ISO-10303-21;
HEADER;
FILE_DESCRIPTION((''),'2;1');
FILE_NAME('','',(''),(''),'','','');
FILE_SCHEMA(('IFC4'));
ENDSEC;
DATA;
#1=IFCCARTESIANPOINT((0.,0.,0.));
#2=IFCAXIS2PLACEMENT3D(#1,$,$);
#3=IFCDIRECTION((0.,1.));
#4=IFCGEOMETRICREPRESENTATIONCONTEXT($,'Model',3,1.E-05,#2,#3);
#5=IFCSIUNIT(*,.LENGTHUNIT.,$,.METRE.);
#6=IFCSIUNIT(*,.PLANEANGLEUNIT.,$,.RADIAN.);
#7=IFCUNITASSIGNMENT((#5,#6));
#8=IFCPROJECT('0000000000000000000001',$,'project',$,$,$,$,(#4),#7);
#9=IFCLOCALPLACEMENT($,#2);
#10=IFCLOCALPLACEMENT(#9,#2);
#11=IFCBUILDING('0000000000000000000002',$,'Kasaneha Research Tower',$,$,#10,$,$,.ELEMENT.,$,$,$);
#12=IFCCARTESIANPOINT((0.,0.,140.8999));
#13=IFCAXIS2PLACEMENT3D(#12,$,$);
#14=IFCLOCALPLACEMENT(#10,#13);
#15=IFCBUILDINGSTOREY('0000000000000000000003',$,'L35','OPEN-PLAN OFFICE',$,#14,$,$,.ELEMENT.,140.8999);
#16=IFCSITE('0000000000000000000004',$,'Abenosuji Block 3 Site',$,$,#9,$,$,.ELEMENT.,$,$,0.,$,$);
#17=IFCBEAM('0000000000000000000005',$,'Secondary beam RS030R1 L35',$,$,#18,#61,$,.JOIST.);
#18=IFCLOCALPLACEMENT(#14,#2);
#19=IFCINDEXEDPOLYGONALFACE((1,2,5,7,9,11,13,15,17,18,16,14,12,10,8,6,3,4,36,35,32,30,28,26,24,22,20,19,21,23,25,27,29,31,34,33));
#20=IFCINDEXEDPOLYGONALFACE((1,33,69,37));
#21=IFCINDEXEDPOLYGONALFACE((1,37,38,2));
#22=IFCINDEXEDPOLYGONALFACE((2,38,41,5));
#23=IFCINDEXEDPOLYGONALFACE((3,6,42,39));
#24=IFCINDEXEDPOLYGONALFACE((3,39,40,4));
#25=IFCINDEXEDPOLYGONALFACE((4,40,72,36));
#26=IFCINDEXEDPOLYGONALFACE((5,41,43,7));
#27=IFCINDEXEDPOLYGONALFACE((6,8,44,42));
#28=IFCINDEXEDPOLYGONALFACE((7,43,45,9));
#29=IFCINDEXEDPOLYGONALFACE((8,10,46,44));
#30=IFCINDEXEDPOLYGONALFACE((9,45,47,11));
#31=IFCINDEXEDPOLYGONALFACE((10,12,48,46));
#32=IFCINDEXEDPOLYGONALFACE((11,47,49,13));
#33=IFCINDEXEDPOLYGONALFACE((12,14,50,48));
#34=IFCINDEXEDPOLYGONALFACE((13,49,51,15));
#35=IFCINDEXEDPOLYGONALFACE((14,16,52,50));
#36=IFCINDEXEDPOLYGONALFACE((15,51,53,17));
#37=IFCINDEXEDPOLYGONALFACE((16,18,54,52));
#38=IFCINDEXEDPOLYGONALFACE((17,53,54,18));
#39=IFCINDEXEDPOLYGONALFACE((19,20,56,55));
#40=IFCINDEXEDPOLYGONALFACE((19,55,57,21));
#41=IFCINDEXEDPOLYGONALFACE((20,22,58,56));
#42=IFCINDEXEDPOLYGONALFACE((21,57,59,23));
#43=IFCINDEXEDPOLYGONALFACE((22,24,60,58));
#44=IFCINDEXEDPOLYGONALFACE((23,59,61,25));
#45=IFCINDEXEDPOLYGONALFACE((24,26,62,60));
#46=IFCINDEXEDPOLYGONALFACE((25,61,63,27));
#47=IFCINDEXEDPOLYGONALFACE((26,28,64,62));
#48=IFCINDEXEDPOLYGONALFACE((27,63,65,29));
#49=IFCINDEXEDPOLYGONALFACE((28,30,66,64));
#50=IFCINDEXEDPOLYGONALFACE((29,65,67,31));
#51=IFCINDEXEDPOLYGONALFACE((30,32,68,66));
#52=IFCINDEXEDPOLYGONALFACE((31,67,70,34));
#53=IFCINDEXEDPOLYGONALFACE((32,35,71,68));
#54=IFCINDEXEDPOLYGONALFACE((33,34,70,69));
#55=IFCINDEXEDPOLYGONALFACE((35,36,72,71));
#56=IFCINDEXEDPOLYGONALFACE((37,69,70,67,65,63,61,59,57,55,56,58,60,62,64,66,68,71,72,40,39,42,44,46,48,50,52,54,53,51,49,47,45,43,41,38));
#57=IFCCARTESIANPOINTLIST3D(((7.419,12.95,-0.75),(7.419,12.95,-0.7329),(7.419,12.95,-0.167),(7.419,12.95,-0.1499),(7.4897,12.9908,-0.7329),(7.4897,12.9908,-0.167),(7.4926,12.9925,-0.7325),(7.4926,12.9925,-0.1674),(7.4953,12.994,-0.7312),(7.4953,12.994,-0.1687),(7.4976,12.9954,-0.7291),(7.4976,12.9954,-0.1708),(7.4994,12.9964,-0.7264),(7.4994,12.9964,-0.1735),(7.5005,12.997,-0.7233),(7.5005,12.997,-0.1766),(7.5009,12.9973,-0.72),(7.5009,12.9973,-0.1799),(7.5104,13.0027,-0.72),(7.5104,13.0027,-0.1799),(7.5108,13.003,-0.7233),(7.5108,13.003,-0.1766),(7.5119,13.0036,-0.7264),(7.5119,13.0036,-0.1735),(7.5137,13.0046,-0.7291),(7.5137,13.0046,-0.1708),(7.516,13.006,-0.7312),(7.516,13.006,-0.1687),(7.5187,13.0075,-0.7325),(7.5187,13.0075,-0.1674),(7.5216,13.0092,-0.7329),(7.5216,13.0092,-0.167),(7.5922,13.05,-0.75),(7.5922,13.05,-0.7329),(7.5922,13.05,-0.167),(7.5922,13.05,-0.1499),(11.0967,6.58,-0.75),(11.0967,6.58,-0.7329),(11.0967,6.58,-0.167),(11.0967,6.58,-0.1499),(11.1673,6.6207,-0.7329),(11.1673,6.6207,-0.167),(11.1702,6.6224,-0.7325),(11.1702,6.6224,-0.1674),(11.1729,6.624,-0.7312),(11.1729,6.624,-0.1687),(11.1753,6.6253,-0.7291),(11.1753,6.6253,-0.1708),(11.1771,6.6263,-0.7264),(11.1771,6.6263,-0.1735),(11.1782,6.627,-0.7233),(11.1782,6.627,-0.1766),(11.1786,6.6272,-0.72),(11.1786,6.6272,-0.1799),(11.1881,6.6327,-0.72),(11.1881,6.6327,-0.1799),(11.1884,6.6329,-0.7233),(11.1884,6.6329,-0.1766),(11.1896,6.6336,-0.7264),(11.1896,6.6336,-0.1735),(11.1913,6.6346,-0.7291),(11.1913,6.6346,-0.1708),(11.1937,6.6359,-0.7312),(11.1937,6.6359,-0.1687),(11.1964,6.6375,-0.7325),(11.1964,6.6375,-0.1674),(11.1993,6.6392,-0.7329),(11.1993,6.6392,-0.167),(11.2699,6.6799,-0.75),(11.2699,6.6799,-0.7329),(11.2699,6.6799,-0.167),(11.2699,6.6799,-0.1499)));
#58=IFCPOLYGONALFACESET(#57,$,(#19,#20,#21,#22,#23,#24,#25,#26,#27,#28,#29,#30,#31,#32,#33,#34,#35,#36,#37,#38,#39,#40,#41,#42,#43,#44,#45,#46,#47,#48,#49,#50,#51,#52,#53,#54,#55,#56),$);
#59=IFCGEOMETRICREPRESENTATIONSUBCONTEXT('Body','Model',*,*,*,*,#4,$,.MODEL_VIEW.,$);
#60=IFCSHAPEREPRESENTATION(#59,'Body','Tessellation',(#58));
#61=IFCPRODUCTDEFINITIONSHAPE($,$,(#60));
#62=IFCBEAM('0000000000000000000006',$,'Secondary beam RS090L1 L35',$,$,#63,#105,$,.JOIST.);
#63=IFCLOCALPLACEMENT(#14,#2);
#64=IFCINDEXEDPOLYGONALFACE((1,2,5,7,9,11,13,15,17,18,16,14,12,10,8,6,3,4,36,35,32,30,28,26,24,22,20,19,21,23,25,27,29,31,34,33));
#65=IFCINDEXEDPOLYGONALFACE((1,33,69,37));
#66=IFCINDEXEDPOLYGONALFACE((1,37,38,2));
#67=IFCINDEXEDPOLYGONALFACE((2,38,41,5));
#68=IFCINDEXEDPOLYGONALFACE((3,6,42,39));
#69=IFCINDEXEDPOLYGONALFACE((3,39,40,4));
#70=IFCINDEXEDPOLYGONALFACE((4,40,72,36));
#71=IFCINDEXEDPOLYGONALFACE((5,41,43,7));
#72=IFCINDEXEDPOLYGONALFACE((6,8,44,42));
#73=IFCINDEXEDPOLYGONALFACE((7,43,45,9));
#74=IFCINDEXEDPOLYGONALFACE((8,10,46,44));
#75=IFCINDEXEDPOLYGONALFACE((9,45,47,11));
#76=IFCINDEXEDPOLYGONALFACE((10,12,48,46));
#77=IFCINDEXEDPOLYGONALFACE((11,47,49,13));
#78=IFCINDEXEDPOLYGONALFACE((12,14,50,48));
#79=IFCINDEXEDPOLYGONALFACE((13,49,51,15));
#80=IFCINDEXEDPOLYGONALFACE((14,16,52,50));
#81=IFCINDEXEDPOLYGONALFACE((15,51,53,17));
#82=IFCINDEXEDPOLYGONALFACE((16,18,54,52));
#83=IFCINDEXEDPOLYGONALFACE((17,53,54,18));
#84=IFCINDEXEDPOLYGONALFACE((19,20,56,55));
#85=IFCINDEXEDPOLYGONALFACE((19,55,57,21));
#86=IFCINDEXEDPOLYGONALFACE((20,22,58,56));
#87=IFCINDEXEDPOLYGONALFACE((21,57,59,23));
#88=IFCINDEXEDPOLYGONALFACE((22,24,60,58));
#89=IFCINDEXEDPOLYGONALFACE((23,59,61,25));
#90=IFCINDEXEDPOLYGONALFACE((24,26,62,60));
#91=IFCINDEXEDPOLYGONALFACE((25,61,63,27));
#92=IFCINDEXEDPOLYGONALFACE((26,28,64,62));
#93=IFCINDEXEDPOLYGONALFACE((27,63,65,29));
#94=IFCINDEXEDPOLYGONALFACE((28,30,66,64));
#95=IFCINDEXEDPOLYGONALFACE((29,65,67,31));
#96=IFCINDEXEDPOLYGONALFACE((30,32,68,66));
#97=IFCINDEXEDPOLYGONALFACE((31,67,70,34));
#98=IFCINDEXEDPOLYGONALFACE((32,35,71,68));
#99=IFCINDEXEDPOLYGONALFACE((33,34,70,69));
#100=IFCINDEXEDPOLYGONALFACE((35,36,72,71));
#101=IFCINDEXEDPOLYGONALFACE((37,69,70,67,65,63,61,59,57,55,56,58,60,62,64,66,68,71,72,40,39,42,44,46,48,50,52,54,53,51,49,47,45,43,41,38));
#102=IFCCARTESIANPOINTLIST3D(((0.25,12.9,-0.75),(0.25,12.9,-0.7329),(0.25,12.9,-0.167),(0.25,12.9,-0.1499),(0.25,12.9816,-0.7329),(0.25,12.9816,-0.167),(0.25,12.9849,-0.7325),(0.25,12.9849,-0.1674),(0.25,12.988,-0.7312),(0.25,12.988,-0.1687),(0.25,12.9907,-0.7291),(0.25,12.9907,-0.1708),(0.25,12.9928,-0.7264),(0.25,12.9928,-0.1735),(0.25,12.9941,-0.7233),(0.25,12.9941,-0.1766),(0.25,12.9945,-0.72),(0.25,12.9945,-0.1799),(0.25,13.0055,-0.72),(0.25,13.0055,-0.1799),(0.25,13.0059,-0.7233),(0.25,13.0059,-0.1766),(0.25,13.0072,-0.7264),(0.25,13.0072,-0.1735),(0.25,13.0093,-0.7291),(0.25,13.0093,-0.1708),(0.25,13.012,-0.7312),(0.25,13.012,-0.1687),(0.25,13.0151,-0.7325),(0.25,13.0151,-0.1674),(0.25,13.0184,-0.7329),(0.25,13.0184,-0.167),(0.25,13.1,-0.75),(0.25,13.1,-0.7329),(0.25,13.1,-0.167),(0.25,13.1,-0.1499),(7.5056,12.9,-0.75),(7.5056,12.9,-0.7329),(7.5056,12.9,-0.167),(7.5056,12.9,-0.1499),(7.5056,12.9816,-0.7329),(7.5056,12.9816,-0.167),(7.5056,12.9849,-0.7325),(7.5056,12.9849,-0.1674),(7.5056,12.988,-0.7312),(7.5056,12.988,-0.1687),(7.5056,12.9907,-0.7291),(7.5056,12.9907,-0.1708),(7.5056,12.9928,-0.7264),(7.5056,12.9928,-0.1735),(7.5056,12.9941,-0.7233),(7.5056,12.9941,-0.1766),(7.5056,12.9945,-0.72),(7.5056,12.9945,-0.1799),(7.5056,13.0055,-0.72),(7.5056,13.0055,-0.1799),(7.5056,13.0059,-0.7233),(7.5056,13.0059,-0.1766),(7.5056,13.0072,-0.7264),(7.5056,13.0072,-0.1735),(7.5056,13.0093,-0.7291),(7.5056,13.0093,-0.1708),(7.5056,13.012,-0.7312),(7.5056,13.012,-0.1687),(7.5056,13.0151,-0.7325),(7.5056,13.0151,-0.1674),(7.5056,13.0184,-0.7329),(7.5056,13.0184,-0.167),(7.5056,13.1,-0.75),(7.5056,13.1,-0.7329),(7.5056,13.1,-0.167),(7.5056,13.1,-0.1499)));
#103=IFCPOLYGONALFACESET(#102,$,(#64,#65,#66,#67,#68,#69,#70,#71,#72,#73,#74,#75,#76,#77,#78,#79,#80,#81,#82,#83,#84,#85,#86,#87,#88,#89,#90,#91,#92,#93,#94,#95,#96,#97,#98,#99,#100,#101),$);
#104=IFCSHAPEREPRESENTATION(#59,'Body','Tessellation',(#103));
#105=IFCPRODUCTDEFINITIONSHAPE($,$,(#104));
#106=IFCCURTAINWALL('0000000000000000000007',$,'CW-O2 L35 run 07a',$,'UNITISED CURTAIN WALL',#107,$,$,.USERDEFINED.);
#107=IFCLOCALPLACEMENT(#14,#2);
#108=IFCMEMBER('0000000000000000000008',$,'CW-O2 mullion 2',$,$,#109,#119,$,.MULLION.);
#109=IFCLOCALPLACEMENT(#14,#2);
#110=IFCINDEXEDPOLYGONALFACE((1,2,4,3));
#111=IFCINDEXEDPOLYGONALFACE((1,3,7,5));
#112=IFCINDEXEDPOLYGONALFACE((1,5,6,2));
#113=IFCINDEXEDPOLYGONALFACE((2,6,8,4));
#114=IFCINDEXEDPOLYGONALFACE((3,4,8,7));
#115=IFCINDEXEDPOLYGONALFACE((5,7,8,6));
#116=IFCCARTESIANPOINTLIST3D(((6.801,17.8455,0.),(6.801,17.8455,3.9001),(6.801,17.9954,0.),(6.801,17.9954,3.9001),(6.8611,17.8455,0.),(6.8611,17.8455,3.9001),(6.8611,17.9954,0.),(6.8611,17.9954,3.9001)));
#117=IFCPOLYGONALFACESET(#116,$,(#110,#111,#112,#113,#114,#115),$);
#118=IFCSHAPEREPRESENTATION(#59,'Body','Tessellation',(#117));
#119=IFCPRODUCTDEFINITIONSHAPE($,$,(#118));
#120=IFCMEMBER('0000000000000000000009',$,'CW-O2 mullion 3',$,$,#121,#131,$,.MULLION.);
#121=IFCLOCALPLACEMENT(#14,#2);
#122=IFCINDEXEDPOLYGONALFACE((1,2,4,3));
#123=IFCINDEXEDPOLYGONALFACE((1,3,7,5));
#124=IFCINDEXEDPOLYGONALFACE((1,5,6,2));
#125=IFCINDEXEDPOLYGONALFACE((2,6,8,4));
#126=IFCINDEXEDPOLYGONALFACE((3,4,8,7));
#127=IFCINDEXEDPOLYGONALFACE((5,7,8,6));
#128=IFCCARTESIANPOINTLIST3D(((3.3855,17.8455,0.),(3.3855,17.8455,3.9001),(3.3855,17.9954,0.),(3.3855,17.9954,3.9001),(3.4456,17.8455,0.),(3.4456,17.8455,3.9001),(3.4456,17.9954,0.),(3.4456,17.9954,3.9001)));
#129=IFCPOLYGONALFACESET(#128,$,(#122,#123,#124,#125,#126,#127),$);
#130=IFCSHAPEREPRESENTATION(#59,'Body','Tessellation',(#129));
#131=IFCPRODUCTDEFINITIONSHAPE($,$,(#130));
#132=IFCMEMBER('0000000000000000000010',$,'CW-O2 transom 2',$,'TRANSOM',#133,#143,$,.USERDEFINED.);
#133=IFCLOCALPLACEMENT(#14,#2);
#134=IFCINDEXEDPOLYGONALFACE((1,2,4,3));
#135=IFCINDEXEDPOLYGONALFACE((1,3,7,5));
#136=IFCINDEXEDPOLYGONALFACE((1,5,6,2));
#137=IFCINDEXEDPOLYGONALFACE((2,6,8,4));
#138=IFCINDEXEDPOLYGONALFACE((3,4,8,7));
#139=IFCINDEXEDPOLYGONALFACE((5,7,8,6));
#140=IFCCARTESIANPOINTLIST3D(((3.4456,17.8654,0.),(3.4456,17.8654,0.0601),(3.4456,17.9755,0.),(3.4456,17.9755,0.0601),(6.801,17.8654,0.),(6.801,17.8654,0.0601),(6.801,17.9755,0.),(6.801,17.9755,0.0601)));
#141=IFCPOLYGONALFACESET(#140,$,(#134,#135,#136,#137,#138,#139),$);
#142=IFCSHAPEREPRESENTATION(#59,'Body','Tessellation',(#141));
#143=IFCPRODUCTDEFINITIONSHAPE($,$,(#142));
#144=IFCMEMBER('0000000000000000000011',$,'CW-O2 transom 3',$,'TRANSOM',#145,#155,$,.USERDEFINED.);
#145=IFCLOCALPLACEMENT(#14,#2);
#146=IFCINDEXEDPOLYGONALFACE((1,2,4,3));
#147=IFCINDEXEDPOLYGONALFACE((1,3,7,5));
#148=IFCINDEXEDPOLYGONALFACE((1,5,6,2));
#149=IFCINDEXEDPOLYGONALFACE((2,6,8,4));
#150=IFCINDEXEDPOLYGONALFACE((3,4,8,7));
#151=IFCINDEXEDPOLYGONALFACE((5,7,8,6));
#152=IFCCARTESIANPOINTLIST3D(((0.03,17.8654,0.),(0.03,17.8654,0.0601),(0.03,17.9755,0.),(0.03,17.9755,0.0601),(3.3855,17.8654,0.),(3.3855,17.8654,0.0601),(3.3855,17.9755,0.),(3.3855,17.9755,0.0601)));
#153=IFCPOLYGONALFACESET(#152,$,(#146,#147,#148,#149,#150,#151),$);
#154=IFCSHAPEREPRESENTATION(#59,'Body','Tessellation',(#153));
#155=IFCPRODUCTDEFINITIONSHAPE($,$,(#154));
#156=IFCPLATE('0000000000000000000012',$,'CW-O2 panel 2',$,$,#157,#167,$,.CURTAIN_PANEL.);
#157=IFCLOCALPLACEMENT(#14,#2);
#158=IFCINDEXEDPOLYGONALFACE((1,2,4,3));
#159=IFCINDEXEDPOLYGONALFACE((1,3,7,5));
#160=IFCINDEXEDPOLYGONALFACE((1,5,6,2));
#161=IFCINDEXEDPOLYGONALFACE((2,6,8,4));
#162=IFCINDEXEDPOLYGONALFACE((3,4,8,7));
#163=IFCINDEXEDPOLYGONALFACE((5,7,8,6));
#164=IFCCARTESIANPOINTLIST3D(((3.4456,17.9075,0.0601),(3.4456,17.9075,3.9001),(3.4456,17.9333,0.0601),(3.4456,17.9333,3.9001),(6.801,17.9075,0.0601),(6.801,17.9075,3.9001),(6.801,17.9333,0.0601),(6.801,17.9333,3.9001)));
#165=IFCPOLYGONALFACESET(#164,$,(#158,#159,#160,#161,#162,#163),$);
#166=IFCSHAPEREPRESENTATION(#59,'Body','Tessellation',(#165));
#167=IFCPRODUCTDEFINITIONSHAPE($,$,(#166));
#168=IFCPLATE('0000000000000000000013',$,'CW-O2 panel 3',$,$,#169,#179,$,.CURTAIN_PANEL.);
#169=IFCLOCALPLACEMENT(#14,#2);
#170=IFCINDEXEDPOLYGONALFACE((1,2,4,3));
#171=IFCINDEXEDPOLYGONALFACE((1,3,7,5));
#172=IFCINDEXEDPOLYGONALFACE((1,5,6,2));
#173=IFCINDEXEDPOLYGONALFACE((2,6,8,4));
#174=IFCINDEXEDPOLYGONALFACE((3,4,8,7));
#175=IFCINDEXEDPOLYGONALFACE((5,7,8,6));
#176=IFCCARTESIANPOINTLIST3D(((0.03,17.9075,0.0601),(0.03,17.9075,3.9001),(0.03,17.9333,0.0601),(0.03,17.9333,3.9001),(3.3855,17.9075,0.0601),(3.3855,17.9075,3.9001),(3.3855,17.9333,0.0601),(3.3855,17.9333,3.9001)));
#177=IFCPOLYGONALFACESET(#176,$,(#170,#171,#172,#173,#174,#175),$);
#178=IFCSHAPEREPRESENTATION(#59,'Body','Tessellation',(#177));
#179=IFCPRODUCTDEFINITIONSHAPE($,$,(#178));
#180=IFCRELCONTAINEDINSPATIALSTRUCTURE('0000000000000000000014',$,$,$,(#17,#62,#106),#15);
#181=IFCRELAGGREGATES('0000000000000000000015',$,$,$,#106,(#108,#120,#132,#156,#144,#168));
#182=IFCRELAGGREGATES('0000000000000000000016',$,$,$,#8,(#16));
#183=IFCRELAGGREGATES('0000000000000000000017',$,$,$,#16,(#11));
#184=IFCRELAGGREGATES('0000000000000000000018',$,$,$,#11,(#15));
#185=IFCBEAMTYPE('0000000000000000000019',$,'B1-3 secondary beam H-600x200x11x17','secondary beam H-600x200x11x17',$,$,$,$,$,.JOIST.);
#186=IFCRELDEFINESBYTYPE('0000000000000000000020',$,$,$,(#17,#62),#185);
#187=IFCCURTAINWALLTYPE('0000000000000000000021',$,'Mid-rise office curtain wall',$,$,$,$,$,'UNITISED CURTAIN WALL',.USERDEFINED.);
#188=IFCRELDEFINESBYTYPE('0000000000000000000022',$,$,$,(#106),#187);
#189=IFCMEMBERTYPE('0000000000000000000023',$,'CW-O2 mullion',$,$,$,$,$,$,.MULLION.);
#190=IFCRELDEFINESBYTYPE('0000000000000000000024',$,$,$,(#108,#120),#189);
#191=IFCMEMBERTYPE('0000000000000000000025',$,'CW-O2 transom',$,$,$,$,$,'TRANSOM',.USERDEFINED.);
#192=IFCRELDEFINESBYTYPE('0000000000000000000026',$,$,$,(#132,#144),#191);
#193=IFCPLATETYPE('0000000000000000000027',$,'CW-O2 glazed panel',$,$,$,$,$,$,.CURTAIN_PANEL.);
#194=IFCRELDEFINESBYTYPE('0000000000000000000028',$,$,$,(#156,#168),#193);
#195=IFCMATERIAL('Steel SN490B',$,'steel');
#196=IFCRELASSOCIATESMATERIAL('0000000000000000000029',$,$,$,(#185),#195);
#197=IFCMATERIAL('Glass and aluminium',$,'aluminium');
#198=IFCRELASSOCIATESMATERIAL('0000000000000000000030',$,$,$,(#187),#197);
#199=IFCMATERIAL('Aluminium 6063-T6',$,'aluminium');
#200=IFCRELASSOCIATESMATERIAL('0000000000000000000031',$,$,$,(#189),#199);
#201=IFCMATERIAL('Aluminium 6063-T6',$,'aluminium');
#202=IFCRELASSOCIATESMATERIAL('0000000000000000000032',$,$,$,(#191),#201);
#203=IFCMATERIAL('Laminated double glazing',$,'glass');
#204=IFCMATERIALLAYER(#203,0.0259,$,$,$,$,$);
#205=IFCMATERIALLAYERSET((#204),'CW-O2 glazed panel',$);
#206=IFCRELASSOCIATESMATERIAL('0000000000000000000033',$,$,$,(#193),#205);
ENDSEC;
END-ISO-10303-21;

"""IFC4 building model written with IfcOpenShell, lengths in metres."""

from ifc_helpers import new_model, si_unit, direction, frame, origin, origin_2d, place, context, subcontext, project, spatial, rectangle, i_section, extrude, material, layer, layer_set, material_profile, profile_set, type_object, element, aggregate, save


model = new_model("IFC4")

# Units and contexts
model_context = context("Model", 3, precision=1e-05, world=origin(), true_north=direction((0.0, 1.0)))
body_context = subcontext(model_context, "Body", "Model", "MODEL_VIEW")
ifc_project = project(units=[si_unit("LENGTHUNIT", "METRE"), si_unit("PLANEANGLEUNIT", "RADIAN")], contexts=[model_context])

# Site, building, storey
site_placement = place(None, origin())
site = spatial("IfcSite", under=ifc_project, at=site_placement, Name="Abenosuji Block 3 Site", CompositionType="ELEMENT", RefElevation=0.0)
building_placement = place(site_placement, origin())
building = spatial("IfcBuilding", under=site, at=building_placement, Name="Kasaneha Research Tower", CompositionType="ELEMENT")
storey_placement = place(building_placement, frame((0.0, 0.0, 140.8999)))
storey = spatial("IfcBuildingStorey", under=building, at=storey_placement, Name="L35", Description="OPEN-PLAN OFFICE", CompositionType="ELEMENT", Elevation=140.8999)

# Beams
ifc_material_1 = material(Name="Steel SN490B", Category="steel")
ifc_material_profile_1 = material_profile(ifc_material_1, i_section(OverallWidth=0.2, OverallDepth=0.6001, WebThickness=0.011, FlangeThickness=0.0171, FilletRadius=0.0129, at=origin_2d()), Name="H-600x200x11x17")
ifc_profile_set_1 = profile_set([ifc_material_profile_1], Name="Steel SN490B")
beam_type = type_object("IfcBeamType", Name="B1-3 secondary beam H-600x200x11x17", Description="secondary beam H-600x200x11x17", PredefinedType="JOIST", material=ifc_profile_set_1)
beam_1_placement = place(storey_placement, frame((7.5056, 13.0, -0.45), z_axis=(0.499994, -0.866029, 0.0), x_axis=(0.866029, 0.499994, 0.0)))
element("IfcBeam", 1, at=beam_1_placement, inside=storey, type_object=beam_type, Name="Secondary beam RS030R1 L35", PredefinedType="JOIST", context=body_context, shape_type="SweptSolid", body=[
    extrude(i_section(OverallWidth=0.2, OverallDepth=0.6001, WebThickness=0.011, FlangeThickness=0.0171, FilletRadius=0.0129, at=origin_2d()), origin(), (0.0, 0.0, 1.0), 7.3555),
])
beam_2_placement = place(storey_placement, frame((7.5056, 13.0, -0.45), z_axis=(-1.0, 0.0, 0.0), x_axis=(0.0, -1.0, 0.0)))
element("IfcBeam", 2, at=beam_2_placement, inside=storey, type_object=beam_type, Name="Secondary beam RS090L1 L35", PredefinedType="JOIST", context=body_context, shape_type="SweptSolid", body=[
    extrude(i_section(OverallWidth=0.2, OverallDepth=0.6001, WebThickness=0.011, FlangeThickness=0.0171, FilletRadius=0.0129, at=origin_2d()), origin(), (0.0, 0.0, 1.0), 7.2556),
])

# Curtain wall, members, plates
ifc_material_2 = material(Name="Glass and aluminium", Category="aluminium")
curtain_wall_type = type_object("IfcCurtainWallType", Name="Mid-rise office curtain wall", ElementType="UNITISED CURTAIN WALL", PredefinedType="USERDEFINED", material=ifc_material_2)
curtain_wall_placement = place(storey_placement, origin())
curtain_wall = element("IfcCurtainWall", 3, at=curtain_wall_placement, inside=storey, type_object=curtain_wall_type, Name="CW-O2 L35 run 07a", ObjectType="UNITISED CURTAIN WALL", PredefinedType="USERDEFINED")
ifc_material_3 = material(Name="Aluminium 6063-T6", Category="aluminium")
ifc_material_profile_2 = material_profile(ifc_material_3, rectangle(XDim=0.0601, YDim=0.1499, at=origin_2d()), Name="CW-O2 mullion 60x150")
ifc_profile_set_2 = profile_set([ifc_material_profile_2], Name="Aluminium 6063-T6")
member_type_1 = type_object("IfcMemberType", Name="CW-O2 mullion", PredefinedType="MULLION", material=ifc_profile_set_2)
member_1_placement = place(storey_placement, frame((6.8311, 17.9204, 0.0), z_axis=(0.0, 0.0, 1.0), x_axis=(-1.0, 0.0, 0.0)))
member_1 = element("IfcMember", 4, at=member_1_placement, type_object=member_type_1, Name="CW-O2 mullion 2", PredefinedType="MULLION", context=body_context, shape_type="SweptSolid", body=[
    extrude(rectangle(XDim=0.0601, YDim=0.1499, at=origin_2d()), origin(), (0.0, 0.0, 1.0), 3.9001),
])
member_2_placement = place(storey_placement, frame((3.4155, 17.9204, 0.0), z_axis=(0.0, 0.0, 1.0), x_axis=(-1.0, 0.0, 0.0)))
member_2 = element("IfcMember", 5, at=member_2_placement, type_object=member_type_1, Name="CW-O2 mullion 3", PredefinedType="MULLION", context=body_context, shape_type="SweptSolid", body=[
    extrude(rectangle(XDim=0.0601, YDim=0.1499, at=origin_2d()), origin(), (0.0, 0.0, 1.0), 3.9001),
])
ifc_material_4 = material(Name="Aluminium 6063-T6", Category="aluminium")
ifc_material_profile_3 = material_profile(ifc_material_4, rectangle(XDim=0.1101, YDim=0.0601, at=origin_2d()), Name="CW-O2 transom 110x60")
ifc_profile_set_3 = profile_set([ifc_material_profile_3], Name="Aluminium 6063-T6")
member_type_2 = type_object("IfcMemberType", Name="CW-O2 transom", ElementType="TRANSOM", PredefinedType="USERDEFINED", material=ifc_profile_set_3)
member_3_placement = place(storey_placement, frame((6.801, 17.9204, 0.03), z_axis=(-1.0, 0.0, 0.0), x_axis=(0.0, -1.0, 0.0)))
member_3 = element("IfcMember", 6, at=member_3_placement, type_object=member_type_2, Name="CW-O2 transom 2", ObjectType="TRANSOM", PredefinedType="USERDEFINED", context=body_context, shape_type="SweptSolid", body=[
    extrude(rectangle(XDim=0.1101, YDim=0.0601, at=origin_2d()), origin(), (0.0, 0.0, 1.0), 3.3555),
])
member_4_placement = place(storey_placement, frame((3.3855, 17.9204, 0.03), z_axis=(-1.0, 0.0, 0.0), x_axis=(0.0, -1.0, 0.0)))
member_4 = element("IfcMember", 7, at=member_4_placement, type_object=member_type_2, Name="CW-O2 transom 3", ObjectType="TRANSOM", PredefinedType="USERDEFINED", context=body_context, shape_type="SweptSolid", body=[
    extrude(rectangle(XDim=0.1101, YDim=0.0601, at=origin_2d()), origin(), (0.0, 0.0, 1.0), 3.3555),
])
ifc_material_5 = material(Name="Laminated double glazing", Category="glass")
ifc_layer_1 = layer(ifc_material_5, 0.0259)
ifc_layer_set_1 = layer_set([ifc_layer_1], Name="CW-O2 glazed panel")
plate_type = type_object("IfcPlateType", Name="CW-O2 glazed panel", PredefinedType="CURTAIN_PANEL", material=ifc_layer_set_1)
plate_1_placement = place(storey_placement, frame((5.1233, 17.9204, 0.0601), z_axis=(0.0, 0.0, 1.0), x_axis=(-1.0, 0.0, 0.0)))
plate_1 = element("IfcPlate", 8, at=plate_1_placement, type_object=plate_type, Name="CW-O2 panel 2", PredefinedType="CURTAIN_PANEL", context=body_context, shape_type="SweptSolid", body=[
    extrude(rectangle(XDim=3.3555, YDim=0.0259, at=origin_2d()), origin(), (0.0, 0.0, 1.0), 3.8401),
])
plate_2_placement = place(storey_placement, frame((1.7078, 17.9204, 0.0601), z_axis=(0.0, 0.0, 1.0), x_axis=(-1.0, 0.0, 0.0)))
plate_2 = element("IfcPlate", 9, at=plate_2_placement, type_object=plate_type, Name="CW-O2 panel 3", PredefinedType="CURTAIN_PANEL", context=body_context, shape_type="SweptSolid", body=[
    extrude(rectangle(XDim=3.3555, YDim=0.0259, at=origin_2d()), origin(), (0.0, 0.0, 1.0), 3.8401),
])
aggregate(curtain_wall, [member_1, member_2, member_3, plate_1, member_4, plate_2])

save(model, "model.ifc")
